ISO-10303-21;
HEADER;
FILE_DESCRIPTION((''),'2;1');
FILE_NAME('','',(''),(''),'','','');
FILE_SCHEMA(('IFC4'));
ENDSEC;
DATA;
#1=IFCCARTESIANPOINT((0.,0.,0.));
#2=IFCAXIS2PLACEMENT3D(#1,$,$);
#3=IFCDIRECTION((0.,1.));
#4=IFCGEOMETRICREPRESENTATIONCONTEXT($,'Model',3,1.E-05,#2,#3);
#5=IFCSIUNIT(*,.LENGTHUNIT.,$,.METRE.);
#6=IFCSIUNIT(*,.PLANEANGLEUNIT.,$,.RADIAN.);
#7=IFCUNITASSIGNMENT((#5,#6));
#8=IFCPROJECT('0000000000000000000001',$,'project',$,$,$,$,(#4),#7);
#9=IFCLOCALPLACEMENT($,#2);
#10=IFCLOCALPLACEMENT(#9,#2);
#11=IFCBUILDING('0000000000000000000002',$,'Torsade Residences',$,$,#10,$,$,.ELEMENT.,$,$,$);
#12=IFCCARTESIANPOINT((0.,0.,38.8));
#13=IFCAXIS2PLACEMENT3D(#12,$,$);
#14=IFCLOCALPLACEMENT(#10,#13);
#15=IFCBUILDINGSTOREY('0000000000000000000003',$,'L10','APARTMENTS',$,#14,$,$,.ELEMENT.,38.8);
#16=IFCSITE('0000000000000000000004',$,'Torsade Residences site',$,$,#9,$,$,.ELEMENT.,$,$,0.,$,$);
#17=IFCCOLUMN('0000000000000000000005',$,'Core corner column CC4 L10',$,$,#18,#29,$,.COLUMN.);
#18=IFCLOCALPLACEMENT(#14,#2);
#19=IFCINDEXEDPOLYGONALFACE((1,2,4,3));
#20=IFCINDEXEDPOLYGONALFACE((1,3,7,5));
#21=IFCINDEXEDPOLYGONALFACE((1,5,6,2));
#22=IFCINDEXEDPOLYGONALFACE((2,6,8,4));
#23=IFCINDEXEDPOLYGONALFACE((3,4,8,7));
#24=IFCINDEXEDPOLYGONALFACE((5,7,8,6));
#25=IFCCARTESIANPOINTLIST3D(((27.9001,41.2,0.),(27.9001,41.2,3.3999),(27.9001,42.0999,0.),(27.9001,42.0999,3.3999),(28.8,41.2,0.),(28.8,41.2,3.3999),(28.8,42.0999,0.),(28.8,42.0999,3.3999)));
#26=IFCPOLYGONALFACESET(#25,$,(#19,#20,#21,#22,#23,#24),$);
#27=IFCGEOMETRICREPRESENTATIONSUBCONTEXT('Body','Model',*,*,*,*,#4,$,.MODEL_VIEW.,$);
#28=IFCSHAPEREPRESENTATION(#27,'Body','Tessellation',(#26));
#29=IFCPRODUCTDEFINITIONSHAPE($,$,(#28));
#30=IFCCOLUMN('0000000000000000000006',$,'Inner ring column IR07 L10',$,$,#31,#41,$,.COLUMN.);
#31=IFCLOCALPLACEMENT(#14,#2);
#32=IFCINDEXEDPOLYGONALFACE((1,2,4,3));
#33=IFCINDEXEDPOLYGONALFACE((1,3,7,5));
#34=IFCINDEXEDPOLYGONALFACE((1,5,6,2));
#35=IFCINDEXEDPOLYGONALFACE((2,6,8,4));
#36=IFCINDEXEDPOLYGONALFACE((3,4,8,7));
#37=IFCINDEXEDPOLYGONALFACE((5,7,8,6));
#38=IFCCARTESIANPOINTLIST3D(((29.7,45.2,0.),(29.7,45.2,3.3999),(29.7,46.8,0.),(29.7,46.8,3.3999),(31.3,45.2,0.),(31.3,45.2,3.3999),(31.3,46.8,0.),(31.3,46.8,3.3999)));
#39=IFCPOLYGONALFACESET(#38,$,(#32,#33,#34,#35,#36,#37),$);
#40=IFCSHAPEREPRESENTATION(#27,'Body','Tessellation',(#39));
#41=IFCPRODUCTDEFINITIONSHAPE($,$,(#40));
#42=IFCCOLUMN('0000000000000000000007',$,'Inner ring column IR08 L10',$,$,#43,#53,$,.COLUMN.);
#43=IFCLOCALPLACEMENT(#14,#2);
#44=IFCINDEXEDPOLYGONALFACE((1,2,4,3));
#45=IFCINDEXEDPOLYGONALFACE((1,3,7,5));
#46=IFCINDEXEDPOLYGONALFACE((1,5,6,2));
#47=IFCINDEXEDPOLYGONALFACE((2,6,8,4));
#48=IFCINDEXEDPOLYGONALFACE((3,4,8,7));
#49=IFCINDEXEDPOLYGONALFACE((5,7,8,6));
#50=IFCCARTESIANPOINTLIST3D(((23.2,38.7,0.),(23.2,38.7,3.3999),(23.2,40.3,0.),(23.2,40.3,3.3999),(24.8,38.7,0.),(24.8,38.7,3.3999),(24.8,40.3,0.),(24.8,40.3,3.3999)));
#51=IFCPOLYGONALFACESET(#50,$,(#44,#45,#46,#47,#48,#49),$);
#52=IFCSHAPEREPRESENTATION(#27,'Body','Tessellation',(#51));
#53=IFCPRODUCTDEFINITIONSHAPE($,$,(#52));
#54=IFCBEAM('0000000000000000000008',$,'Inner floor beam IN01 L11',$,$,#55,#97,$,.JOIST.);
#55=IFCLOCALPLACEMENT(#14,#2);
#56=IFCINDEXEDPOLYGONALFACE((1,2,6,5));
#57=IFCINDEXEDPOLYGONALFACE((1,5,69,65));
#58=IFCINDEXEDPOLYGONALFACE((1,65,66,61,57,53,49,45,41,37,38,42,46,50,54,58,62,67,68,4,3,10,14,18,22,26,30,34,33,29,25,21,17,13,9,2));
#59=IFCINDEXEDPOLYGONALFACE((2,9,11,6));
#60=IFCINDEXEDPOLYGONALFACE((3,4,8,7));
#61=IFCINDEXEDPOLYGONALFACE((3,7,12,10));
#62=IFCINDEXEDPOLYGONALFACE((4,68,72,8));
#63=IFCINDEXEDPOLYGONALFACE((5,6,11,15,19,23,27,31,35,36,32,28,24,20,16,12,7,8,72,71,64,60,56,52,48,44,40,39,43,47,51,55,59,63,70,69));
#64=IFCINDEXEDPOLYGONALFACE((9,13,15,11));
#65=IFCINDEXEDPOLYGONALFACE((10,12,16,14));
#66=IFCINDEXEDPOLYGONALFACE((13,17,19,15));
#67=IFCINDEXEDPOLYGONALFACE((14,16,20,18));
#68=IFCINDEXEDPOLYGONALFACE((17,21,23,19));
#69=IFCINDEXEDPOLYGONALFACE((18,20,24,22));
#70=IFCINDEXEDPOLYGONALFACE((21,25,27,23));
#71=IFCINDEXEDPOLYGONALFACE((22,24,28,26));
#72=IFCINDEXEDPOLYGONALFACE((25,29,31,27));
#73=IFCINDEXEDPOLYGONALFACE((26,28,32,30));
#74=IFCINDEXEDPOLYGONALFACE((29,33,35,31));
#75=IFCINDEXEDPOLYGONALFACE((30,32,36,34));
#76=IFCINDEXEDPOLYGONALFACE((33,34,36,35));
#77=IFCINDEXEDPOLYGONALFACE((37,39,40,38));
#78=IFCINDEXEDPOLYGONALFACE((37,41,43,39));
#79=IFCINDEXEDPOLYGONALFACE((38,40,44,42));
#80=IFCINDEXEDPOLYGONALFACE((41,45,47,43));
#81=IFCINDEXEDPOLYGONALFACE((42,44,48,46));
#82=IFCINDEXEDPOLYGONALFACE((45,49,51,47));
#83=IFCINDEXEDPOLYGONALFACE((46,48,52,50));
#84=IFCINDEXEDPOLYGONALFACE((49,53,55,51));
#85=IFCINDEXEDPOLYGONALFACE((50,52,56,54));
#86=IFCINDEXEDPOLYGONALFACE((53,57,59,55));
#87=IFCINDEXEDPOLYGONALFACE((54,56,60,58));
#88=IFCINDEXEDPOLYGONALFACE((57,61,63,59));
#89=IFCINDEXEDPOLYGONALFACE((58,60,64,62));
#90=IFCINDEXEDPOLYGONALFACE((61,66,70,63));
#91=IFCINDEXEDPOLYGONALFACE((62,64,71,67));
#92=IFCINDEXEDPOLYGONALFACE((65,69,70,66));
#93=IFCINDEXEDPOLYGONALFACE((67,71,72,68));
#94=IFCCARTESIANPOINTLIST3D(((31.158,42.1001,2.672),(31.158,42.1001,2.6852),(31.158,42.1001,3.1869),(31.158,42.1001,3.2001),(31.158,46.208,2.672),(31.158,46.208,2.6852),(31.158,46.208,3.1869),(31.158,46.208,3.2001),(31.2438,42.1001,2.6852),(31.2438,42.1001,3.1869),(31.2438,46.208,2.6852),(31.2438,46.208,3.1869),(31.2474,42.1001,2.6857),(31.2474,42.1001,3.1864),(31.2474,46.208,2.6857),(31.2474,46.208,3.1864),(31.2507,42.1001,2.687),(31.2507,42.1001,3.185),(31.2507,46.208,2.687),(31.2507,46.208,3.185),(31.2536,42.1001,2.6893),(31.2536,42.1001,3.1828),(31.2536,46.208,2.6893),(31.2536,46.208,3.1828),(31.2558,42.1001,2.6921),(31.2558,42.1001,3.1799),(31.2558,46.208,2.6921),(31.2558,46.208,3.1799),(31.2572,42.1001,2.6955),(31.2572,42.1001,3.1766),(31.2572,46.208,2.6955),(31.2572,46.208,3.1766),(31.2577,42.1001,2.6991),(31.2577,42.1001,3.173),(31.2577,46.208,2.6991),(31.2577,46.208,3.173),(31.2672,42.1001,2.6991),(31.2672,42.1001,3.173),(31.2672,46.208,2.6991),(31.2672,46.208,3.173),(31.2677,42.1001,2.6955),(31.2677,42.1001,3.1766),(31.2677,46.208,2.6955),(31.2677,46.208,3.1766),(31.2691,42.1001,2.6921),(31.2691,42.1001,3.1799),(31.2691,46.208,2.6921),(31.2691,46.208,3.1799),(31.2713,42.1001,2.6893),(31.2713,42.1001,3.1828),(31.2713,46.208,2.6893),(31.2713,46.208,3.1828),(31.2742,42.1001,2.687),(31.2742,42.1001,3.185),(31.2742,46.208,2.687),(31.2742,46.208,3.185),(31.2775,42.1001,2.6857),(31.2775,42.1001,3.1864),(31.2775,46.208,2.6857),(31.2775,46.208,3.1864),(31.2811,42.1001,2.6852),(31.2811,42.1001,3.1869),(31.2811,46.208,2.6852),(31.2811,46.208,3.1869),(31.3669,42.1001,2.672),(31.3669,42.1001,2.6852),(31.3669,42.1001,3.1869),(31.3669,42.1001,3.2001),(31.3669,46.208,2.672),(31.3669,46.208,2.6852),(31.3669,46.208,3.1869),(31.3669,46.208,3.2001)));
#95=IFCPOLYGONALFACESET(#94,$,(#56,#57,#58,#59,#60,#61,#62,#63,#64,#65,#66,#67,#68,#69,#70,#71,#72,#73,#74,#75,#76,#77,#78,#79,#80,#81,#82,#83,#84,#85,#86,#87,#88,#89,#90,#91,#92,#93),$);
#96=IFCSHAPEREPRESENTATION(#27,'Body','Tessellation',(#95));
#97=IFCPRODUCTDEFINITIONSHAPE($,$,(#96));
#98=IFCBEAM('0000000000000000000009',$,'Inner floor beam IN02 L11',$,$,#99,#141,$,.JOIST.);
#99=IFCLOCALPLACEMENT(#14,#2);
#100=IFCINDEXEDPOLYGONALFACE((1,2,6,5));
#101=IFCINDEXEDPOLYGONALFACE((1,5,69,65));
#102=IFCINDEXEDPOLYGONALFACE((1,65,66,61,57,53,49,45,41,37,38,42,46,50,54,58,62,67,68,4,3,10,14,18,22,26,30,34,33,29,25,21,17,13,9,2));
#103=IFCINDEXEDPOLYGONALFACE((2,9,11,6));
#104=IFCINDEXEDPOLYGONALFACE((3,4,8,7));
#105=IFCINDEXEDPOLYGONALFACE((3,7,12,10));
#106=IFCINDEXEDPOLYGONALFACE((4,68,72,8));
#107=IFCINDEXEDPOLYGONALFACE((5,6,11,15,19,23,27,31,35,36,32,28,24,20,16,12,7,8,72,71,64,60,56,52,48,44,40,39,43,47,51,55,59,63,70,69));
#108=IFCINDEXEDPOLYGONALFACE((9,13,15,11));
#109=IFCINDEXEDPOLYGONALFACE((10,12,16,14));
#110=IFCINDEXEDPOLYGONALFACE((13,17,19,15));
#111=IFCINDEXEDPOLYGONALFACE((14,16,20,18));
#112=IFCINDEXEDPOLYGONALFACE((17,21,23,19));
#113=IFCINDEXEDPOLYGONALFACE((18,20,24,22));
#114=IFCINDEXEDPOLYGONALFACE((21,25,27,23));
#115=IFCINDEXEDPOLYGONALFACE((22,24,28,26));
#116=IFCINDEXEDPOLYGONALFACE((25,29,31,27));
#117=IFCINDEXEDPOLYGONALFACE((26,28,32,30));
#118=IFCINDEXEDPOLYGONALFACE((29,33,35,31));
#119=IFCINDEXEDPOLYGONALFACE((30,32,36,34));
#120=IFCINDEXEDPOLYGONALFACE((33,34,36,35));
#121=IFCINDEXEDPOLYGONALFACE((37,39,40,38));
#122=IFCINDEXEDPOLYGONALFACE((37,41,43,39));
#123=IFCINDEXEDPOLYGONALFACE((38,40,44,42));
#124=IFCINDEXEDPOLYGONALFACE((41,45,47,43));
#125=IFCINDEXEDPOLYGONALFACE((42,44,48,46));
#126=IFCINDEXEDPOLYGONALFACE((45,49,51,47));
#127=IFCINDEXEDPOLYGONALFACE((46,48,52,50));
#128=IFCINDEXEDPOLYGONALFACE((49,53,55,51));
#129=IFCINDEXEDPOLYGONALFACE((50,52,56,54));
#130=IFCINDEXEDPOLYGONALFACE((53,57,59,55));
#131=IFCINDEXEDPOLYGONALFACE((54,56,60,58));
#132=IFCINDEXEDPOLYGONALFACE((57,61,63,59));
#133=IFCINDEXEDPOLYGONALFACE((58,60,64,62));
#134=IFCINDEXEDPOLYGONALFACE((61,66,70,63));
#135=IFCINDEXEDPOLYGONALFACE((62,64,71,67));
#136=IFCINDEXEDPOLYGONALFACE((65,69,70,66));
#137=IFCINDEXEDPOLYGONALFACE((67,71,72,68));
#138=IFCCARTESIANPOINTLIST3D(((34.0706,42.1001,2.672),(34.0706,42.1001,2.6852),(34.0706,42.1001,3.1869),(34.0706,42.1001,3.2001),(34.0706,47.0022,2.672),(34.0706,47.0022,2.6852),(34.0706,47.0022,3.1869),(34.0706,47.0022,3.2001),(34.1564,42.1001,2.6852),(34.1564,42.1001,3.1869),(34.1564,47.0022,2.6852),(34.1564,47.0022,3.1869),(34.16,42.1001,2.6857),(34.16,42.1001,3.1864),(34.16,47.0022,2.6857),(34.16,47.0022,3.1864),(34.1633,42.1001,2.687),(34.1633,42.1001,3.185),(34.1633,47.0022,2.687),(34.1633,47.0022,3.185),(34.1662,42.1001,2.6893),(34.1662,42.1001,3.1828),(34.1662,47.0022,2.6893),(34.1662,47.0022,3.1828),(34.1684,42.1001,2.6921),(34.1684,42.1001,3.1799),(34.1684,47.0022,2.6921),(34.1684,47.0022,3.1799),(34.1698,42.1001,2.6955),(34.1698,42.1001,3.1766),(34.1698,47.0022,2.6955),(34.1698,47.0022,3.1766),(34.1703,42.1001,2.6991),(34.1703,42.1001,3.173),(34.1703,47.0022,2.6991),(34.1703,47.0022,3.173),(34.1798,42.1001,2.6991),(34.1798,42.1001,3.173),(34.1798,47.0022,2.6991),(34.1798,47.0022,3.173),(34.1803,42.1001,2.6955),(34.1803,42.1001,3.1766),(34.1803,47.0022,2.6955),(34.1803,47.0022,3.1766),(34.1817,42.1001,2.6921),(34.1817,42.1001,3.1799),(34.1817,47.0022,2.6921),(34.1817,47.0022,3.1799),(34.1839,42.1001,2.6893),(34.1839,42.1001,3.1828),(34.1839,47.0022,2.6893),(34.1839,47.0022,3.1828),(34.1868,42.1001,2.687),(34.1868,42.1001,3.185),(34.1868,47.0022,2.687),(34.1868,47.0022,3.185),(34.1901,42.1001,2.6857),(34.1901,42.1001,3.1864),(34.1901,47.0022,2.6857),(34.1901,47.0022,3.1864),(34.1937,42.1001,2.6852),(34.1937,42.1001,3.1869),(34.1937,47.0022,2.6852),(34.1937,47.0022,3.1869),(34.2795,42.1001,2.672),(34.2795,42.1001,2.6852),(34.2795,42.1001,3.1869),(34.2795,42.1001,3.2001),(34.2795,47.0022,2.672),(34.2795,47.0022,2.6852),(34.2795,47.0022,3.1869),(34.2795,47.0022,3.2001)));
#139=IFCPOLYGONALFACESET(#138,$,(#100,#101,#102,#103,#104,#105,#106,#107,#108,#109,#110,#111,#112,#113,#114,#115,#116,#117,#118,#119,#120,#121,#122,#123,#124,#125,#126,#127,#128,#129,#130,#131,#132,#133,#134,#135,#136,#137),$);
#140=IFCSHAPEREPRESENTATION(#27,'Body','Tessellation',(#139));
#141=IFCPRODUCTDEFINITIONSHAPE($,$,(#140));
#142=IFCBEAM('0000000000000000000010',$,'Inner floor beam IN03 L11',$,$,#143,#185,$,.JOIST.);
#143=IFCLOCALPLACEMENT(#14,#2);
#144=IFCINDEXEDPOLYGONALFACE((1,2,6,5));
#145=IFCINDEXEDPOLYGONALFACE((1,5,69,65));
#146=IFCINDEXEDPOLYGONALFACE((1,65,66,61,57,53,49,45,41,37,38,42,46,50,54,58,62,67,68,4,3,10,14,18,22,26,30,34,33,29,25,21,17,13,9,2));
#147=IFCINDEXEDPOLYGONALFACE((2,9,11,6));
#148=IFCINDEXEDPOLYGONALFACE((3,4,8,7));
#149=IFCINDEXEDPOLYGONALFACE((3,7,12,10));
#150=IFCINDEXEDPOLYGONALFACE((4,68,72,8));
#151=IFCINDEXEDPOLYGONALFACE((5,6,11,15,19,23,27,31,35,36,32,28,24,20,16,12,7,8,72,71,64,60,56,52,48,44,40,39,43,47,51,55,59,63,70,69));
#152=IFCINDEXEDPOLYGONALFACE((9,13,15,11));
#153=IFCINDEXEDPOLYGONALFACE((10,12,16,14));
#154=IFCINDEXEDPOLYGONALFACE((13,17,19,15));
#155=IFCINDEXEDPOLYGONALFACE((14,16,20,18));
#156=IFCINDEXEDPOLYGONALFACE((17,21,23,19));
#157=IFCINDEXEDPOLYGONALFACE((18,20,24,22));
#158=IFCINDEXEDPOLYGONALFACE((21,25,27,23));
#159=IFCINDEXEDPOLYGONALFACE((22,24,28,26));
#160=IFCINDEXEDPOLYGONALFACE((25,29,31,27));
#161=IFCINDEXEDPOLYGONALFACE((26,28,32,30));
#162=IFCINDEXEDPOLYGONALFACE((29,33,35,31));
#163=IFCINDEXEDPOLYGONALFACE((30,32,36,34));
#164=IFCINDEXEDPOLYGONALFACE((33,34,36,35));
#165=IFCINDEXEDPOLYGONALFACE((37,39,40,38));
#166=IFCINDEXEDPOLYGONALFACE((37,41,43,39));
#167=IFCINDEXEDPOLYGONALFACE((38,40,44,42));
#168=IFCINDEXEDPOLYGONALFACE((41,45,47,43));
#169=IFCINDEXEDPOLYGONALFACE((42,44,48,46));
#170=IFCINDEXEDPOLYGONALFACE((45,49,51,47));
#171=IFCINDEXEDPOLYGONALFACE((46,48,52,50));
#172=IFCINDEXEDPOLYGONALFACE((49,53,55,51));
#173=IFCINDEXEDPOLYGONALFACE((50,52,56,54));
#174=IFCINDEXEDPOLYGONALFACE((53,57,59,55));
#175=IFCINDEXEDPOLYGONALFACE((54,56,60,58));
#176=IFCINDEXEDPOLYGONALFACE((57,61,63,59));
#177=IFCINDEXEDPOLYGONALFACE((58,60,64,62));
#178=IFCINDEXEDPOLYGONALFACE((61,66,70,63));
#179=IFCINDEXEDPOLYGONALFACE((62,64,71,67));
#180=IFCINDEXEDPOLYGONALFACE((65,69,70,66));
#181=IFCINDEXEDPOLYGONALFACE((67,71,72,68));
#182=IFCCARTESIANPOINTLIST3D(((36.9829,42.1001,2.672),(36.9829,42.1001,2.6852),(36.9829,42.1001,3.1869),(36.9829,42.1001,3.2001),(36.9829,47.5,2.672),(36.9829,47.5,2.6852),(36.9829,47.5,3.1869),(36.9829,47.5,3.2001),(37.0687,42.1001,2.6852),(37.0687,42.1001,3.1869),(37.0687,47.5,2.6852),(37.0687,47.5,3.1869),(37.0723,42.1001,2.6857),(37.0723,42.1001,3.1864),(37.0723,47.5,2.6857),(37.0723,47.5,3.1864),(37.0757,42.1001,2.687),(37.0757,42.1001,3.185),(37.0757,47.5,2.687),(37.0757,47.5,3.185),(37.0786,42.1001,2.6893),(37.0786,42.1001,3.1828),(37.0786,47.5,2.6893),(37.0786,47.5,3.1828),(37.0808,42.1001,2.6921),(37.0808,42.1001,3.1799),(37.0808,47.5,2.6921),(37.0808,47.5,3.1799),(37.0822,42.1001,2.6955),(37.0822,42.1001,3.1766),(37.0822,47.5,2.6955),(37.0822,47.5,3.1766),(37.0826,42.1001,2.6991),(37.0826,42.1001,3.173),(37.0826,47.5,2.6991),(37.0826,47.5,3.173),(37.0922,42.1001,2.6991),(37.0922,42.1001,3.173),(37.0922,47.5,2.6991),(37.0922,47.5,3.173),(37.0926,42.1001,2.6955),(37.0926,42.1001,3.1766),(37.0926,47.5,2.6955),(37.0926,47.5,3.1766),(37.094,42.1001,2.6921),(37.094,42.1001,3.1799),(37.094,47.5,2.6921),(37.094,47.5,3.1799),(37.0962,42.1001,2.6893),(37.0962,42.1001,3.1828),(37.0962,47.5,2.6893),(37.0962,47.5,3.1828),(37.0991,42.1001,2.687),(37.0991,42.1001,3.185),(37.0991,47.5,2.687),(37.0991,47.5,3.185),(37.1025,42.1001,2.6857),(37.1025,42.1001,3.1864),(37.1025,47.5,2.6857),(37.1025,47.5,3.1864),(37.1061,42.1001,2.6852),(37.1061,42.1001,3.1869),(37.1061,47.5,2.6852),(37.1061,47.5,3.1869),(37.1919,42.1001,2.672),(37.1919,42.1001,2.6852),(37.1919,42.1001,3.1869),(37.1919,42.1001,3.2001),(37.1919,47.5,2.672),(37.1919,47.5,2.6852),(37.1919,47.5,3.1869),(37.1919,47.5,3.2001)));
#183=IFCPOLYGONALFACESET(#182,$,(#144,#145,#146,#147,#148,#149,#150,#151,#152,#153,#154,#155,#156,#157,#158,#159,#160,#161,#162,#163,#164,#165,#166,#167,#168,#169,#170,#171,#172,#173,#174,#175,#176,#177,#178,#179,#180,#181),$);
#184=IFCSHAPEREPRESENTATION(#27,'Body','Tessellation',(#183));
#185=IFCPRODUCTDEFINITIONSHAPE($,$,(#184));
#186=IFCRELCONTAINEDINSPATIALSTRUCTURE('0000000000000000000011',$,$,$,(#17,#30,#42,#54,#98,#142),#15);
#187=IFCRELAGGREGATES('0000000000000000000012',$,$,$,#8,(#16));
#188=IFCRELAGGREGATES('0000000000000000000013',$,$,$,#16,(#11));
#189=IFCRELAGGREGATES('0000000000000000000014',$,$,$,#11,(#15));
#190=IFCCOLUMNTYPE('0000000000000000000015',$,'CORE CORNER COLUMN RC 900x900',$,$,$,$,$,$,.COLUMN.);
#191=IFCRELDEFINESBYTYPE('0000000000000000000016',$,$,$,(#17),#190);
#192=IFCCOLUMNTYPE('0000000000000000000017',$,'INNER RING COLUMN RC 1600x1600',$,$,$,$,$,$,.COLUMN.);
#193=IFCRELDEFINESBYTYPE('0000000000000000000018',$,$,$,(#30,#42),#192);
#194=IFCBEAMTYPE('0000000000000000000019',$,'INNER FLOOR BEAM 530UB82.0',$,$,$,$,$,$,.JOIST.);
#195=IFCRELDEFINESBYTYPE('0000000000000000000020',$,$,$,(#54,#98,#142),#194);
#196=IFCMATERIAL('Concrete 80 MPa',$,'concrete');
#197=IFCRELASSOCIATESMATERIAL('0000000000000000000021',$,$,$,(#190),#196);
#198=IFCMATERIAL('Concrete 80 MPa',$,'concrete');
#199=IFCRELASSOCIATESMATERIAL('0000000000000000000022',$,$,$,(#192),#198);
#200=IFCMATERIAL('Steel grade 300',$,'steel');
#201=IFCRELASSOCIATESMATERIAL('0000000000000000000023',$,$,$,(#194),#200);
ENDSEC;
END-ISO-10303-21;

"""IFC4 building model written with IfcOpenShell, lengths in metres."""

from ifc_helpers import new_model, si_unit, direction, frame, origin, origin_2d, place, context, subcontext, project, spatial, rectangle, i_section, extrude, material, material_profile, profile_set, type_object, element, save


model = new_model("IFC4")

# Units and contexts
model_context = context("Model", 3, precision=1e-05, world=origin(), true_north=direction((0.0, 1.0)))
body_context = subcontext(model_context, "Body", "Model", "MODEL_VIEW")
ifc_project = project(units=[si_unit("LENGTHUNIT", "METRE"), si_unit("PLANEANGLEUNIT", "RADIAN")], contexts=[model_context])

# Site, building, storey
site_placement = place(None, origin())
site = spatial("IfcSite", under=ifc_project, at=site_placement, Name="Torsade Residences site", CompositionType="ELEMENT", RefElevation=0.0)
building_placement = place(site_placement, origin())
building = spatial("IfcBuilding", under=site, at=building_placement, Name="Torsade Residences", CompositionType="ELEMENT")
storey_placement = place(building_placement, frame((0.0, 0.0, 38.8)))
storey = spatial("IfcBuildingStorey", under=building, at=storey_placement, Name="L10", Description="APARTMENTS", CompositionType="ELEMENT", Elevation=38.8)

# Columns
ifc_material_1 = material(Name="Concrete 80 MPa", Category="concrete")
ifc_material_profile_1 = material_profile(ifc_material_1, rectangle(XDim=0.8999, YDim=0.8999, at=origin_2d()), Name="RC 900x900")
ifc_profile_set_1 = profile_set([ifc_material_profile_1], Name="Concrete 80 MPa")
column_type_1 = type_object("IfcColumnType", Name="CORE CORNER COLUMN RC 900x900", PredefinedType="COLUMN", material=ifc_profile_set_1)
column_placement = place(storey_placement, frame((28.3501, 41.6499, 0.0), z_axis=(0.0, 0.0, 1.0), x_axis=(1.0, 0.0, 0.0)))
element("IfcColumn", 1, at=column_placement, inside=storey, type_object=column_type_1, Name="Core corner column CC4 L10", PredefinedType="COLUMN", context=body_context, shape_type="SweptSolid", body=[
    extrude(rectangle(XDim=0.8999, YDim=0.8999, at=origin_2d()), origin(), (0.0, 0.0, 1.0), 3.3999),
])
ifc_material_2 = material(Name="Concrete 80 MPa", Category="concrete")
ifc_material_profile_2 = material_profile(ifc_material_2, rectangle(XDim=1.6001, YDim=1.6001, at=origin_2d()), Name="RC 1600x1600")
ifc_profile_set_2 = profile_set([ifc_material_profile_2], Name="Concrete 80 MPa")
column_type_2 = type_object("IfcColumnType", Name="INNER RING COLUMN RC 1600x1600", PredefinedType="COLUMN", material=ifc_profile_set_2)
for number, where, z_axis, x_axis, name in (
    (2, (30.5, 46.0, 0.0), (0.0, 0.0, 1.0), (1.0, 0.0, 0.0), "Inner ring column IR07 L10"),
    (3, (24.0, 39.5, 0.0), (0.0, 0.0, 1.0), (1.0, 0.0, 0.0), "Inner ring column IR08 L10"),
):
    element("IfcColumn", number, at=place(storey_placement, frame(where, z_axis=z_axis, x_axis=x_axis)), inside=storey, type_object=column_type_2, Name=name, PredefinedType="COLUMN", context=body_context, shape_type="SweptSolid", body=[
        extrude(rectangle(XDim=1.6001, YDim=1.6001, at=origin_2d()), origin(), (0.0, 0.0, 1.0), 3.3999),
    ])

# Beams
ifc_material_3 = material(Name="Steel grade 300", Category="steel")
ifc_material_profile_3 = material_profile(ifc_material_3, i_section(OverallWidth=0.209, OverallDepth=0.5281, WebThickness=0.0095, FlangeThickness=0.0132, FilletRadius=0.0139, at=origin_2d()), Name="530UB82.0")
ifc_profile_set_3 = profile_set([ifc_material_profile_3], Name="Steel grade 300")
beam_type_1 = type_object("IfcBeamType", Name="INNER FLOOR BEAM 530UB82.0", PredefinedType="JOIST", material=ifc_profile_set_3)
beam_1_placement = place(storey_placement, frame((31.2625, 42.1001, 2.936), z_axis=(0.0, 1.0, 0.0), x_axis=(-1.0, 0.0, 0.0)))
element("IfcBeam", 4, at=beam_1_placement, inside=storey, type_object=beam_type_1, Name="Inner floor beam IN01 L11", PredefinedType="JOIST", context=body_context, shape_type="SweptSolid", body=[
    extrude(i_section(OverallWidth=0.209, OverallDepth=0.5281, WebThickness=0.0095, FlangeThickness=0.0132, FilletRadius=0.0139, at=origin_2d()), origin(), (0.0, 0.0, 1.0), 4.1079),
])
beam_2_placement = place(storey_placement, frame((34.175, 42.1001, 2.936), z_axis=(0.0, 1.0, 0.0), x_axis=(-1.0, 0.0, 0.0)))
element("IfcBeam", 5, at=beam_2_placement, inside=storey, type_object=beam_type_1, Name="Inner floor beam IN02 L11", PredefinedType="JOIST", context=body_context, shape_type="SweptSolid", body=[
    extrude(i_section(OverallWidth=0.209, OverallDepth=0.5281, WebThickness=0.0095, FlangeThickness=0.0132, FilletRadius=0.0139, at=origin_2d()), origin(), (0.0, 0.0, 1.0), 4.9021),
])
beam_3_placement = place(storey_placement, frame((37.0874, 42.1001, 2.936), z_axis=(0.0, 1.0, 0.0), x_axis=(-1.0, 0.0, 0.0)))
element("IfcBeam", 6, at=beam_3_placement, inside=storey, type_object=beam_type_1, Name="Inner floor beam IN03 L11", PredefinedType="JOIST", context=body_context, shape_type="SweptSolid", body=[
    extrude(i_section(OverallWidth=0.209, OverallDepth=0.5281, WebThickness=0.0095, FlangeThickness=0.0132, FilletRadius=0.0139, at=origin_2d()), origin(), (0.0, 0.0, 1.0), 5.3999),
])

save(model, "model.ifc")
